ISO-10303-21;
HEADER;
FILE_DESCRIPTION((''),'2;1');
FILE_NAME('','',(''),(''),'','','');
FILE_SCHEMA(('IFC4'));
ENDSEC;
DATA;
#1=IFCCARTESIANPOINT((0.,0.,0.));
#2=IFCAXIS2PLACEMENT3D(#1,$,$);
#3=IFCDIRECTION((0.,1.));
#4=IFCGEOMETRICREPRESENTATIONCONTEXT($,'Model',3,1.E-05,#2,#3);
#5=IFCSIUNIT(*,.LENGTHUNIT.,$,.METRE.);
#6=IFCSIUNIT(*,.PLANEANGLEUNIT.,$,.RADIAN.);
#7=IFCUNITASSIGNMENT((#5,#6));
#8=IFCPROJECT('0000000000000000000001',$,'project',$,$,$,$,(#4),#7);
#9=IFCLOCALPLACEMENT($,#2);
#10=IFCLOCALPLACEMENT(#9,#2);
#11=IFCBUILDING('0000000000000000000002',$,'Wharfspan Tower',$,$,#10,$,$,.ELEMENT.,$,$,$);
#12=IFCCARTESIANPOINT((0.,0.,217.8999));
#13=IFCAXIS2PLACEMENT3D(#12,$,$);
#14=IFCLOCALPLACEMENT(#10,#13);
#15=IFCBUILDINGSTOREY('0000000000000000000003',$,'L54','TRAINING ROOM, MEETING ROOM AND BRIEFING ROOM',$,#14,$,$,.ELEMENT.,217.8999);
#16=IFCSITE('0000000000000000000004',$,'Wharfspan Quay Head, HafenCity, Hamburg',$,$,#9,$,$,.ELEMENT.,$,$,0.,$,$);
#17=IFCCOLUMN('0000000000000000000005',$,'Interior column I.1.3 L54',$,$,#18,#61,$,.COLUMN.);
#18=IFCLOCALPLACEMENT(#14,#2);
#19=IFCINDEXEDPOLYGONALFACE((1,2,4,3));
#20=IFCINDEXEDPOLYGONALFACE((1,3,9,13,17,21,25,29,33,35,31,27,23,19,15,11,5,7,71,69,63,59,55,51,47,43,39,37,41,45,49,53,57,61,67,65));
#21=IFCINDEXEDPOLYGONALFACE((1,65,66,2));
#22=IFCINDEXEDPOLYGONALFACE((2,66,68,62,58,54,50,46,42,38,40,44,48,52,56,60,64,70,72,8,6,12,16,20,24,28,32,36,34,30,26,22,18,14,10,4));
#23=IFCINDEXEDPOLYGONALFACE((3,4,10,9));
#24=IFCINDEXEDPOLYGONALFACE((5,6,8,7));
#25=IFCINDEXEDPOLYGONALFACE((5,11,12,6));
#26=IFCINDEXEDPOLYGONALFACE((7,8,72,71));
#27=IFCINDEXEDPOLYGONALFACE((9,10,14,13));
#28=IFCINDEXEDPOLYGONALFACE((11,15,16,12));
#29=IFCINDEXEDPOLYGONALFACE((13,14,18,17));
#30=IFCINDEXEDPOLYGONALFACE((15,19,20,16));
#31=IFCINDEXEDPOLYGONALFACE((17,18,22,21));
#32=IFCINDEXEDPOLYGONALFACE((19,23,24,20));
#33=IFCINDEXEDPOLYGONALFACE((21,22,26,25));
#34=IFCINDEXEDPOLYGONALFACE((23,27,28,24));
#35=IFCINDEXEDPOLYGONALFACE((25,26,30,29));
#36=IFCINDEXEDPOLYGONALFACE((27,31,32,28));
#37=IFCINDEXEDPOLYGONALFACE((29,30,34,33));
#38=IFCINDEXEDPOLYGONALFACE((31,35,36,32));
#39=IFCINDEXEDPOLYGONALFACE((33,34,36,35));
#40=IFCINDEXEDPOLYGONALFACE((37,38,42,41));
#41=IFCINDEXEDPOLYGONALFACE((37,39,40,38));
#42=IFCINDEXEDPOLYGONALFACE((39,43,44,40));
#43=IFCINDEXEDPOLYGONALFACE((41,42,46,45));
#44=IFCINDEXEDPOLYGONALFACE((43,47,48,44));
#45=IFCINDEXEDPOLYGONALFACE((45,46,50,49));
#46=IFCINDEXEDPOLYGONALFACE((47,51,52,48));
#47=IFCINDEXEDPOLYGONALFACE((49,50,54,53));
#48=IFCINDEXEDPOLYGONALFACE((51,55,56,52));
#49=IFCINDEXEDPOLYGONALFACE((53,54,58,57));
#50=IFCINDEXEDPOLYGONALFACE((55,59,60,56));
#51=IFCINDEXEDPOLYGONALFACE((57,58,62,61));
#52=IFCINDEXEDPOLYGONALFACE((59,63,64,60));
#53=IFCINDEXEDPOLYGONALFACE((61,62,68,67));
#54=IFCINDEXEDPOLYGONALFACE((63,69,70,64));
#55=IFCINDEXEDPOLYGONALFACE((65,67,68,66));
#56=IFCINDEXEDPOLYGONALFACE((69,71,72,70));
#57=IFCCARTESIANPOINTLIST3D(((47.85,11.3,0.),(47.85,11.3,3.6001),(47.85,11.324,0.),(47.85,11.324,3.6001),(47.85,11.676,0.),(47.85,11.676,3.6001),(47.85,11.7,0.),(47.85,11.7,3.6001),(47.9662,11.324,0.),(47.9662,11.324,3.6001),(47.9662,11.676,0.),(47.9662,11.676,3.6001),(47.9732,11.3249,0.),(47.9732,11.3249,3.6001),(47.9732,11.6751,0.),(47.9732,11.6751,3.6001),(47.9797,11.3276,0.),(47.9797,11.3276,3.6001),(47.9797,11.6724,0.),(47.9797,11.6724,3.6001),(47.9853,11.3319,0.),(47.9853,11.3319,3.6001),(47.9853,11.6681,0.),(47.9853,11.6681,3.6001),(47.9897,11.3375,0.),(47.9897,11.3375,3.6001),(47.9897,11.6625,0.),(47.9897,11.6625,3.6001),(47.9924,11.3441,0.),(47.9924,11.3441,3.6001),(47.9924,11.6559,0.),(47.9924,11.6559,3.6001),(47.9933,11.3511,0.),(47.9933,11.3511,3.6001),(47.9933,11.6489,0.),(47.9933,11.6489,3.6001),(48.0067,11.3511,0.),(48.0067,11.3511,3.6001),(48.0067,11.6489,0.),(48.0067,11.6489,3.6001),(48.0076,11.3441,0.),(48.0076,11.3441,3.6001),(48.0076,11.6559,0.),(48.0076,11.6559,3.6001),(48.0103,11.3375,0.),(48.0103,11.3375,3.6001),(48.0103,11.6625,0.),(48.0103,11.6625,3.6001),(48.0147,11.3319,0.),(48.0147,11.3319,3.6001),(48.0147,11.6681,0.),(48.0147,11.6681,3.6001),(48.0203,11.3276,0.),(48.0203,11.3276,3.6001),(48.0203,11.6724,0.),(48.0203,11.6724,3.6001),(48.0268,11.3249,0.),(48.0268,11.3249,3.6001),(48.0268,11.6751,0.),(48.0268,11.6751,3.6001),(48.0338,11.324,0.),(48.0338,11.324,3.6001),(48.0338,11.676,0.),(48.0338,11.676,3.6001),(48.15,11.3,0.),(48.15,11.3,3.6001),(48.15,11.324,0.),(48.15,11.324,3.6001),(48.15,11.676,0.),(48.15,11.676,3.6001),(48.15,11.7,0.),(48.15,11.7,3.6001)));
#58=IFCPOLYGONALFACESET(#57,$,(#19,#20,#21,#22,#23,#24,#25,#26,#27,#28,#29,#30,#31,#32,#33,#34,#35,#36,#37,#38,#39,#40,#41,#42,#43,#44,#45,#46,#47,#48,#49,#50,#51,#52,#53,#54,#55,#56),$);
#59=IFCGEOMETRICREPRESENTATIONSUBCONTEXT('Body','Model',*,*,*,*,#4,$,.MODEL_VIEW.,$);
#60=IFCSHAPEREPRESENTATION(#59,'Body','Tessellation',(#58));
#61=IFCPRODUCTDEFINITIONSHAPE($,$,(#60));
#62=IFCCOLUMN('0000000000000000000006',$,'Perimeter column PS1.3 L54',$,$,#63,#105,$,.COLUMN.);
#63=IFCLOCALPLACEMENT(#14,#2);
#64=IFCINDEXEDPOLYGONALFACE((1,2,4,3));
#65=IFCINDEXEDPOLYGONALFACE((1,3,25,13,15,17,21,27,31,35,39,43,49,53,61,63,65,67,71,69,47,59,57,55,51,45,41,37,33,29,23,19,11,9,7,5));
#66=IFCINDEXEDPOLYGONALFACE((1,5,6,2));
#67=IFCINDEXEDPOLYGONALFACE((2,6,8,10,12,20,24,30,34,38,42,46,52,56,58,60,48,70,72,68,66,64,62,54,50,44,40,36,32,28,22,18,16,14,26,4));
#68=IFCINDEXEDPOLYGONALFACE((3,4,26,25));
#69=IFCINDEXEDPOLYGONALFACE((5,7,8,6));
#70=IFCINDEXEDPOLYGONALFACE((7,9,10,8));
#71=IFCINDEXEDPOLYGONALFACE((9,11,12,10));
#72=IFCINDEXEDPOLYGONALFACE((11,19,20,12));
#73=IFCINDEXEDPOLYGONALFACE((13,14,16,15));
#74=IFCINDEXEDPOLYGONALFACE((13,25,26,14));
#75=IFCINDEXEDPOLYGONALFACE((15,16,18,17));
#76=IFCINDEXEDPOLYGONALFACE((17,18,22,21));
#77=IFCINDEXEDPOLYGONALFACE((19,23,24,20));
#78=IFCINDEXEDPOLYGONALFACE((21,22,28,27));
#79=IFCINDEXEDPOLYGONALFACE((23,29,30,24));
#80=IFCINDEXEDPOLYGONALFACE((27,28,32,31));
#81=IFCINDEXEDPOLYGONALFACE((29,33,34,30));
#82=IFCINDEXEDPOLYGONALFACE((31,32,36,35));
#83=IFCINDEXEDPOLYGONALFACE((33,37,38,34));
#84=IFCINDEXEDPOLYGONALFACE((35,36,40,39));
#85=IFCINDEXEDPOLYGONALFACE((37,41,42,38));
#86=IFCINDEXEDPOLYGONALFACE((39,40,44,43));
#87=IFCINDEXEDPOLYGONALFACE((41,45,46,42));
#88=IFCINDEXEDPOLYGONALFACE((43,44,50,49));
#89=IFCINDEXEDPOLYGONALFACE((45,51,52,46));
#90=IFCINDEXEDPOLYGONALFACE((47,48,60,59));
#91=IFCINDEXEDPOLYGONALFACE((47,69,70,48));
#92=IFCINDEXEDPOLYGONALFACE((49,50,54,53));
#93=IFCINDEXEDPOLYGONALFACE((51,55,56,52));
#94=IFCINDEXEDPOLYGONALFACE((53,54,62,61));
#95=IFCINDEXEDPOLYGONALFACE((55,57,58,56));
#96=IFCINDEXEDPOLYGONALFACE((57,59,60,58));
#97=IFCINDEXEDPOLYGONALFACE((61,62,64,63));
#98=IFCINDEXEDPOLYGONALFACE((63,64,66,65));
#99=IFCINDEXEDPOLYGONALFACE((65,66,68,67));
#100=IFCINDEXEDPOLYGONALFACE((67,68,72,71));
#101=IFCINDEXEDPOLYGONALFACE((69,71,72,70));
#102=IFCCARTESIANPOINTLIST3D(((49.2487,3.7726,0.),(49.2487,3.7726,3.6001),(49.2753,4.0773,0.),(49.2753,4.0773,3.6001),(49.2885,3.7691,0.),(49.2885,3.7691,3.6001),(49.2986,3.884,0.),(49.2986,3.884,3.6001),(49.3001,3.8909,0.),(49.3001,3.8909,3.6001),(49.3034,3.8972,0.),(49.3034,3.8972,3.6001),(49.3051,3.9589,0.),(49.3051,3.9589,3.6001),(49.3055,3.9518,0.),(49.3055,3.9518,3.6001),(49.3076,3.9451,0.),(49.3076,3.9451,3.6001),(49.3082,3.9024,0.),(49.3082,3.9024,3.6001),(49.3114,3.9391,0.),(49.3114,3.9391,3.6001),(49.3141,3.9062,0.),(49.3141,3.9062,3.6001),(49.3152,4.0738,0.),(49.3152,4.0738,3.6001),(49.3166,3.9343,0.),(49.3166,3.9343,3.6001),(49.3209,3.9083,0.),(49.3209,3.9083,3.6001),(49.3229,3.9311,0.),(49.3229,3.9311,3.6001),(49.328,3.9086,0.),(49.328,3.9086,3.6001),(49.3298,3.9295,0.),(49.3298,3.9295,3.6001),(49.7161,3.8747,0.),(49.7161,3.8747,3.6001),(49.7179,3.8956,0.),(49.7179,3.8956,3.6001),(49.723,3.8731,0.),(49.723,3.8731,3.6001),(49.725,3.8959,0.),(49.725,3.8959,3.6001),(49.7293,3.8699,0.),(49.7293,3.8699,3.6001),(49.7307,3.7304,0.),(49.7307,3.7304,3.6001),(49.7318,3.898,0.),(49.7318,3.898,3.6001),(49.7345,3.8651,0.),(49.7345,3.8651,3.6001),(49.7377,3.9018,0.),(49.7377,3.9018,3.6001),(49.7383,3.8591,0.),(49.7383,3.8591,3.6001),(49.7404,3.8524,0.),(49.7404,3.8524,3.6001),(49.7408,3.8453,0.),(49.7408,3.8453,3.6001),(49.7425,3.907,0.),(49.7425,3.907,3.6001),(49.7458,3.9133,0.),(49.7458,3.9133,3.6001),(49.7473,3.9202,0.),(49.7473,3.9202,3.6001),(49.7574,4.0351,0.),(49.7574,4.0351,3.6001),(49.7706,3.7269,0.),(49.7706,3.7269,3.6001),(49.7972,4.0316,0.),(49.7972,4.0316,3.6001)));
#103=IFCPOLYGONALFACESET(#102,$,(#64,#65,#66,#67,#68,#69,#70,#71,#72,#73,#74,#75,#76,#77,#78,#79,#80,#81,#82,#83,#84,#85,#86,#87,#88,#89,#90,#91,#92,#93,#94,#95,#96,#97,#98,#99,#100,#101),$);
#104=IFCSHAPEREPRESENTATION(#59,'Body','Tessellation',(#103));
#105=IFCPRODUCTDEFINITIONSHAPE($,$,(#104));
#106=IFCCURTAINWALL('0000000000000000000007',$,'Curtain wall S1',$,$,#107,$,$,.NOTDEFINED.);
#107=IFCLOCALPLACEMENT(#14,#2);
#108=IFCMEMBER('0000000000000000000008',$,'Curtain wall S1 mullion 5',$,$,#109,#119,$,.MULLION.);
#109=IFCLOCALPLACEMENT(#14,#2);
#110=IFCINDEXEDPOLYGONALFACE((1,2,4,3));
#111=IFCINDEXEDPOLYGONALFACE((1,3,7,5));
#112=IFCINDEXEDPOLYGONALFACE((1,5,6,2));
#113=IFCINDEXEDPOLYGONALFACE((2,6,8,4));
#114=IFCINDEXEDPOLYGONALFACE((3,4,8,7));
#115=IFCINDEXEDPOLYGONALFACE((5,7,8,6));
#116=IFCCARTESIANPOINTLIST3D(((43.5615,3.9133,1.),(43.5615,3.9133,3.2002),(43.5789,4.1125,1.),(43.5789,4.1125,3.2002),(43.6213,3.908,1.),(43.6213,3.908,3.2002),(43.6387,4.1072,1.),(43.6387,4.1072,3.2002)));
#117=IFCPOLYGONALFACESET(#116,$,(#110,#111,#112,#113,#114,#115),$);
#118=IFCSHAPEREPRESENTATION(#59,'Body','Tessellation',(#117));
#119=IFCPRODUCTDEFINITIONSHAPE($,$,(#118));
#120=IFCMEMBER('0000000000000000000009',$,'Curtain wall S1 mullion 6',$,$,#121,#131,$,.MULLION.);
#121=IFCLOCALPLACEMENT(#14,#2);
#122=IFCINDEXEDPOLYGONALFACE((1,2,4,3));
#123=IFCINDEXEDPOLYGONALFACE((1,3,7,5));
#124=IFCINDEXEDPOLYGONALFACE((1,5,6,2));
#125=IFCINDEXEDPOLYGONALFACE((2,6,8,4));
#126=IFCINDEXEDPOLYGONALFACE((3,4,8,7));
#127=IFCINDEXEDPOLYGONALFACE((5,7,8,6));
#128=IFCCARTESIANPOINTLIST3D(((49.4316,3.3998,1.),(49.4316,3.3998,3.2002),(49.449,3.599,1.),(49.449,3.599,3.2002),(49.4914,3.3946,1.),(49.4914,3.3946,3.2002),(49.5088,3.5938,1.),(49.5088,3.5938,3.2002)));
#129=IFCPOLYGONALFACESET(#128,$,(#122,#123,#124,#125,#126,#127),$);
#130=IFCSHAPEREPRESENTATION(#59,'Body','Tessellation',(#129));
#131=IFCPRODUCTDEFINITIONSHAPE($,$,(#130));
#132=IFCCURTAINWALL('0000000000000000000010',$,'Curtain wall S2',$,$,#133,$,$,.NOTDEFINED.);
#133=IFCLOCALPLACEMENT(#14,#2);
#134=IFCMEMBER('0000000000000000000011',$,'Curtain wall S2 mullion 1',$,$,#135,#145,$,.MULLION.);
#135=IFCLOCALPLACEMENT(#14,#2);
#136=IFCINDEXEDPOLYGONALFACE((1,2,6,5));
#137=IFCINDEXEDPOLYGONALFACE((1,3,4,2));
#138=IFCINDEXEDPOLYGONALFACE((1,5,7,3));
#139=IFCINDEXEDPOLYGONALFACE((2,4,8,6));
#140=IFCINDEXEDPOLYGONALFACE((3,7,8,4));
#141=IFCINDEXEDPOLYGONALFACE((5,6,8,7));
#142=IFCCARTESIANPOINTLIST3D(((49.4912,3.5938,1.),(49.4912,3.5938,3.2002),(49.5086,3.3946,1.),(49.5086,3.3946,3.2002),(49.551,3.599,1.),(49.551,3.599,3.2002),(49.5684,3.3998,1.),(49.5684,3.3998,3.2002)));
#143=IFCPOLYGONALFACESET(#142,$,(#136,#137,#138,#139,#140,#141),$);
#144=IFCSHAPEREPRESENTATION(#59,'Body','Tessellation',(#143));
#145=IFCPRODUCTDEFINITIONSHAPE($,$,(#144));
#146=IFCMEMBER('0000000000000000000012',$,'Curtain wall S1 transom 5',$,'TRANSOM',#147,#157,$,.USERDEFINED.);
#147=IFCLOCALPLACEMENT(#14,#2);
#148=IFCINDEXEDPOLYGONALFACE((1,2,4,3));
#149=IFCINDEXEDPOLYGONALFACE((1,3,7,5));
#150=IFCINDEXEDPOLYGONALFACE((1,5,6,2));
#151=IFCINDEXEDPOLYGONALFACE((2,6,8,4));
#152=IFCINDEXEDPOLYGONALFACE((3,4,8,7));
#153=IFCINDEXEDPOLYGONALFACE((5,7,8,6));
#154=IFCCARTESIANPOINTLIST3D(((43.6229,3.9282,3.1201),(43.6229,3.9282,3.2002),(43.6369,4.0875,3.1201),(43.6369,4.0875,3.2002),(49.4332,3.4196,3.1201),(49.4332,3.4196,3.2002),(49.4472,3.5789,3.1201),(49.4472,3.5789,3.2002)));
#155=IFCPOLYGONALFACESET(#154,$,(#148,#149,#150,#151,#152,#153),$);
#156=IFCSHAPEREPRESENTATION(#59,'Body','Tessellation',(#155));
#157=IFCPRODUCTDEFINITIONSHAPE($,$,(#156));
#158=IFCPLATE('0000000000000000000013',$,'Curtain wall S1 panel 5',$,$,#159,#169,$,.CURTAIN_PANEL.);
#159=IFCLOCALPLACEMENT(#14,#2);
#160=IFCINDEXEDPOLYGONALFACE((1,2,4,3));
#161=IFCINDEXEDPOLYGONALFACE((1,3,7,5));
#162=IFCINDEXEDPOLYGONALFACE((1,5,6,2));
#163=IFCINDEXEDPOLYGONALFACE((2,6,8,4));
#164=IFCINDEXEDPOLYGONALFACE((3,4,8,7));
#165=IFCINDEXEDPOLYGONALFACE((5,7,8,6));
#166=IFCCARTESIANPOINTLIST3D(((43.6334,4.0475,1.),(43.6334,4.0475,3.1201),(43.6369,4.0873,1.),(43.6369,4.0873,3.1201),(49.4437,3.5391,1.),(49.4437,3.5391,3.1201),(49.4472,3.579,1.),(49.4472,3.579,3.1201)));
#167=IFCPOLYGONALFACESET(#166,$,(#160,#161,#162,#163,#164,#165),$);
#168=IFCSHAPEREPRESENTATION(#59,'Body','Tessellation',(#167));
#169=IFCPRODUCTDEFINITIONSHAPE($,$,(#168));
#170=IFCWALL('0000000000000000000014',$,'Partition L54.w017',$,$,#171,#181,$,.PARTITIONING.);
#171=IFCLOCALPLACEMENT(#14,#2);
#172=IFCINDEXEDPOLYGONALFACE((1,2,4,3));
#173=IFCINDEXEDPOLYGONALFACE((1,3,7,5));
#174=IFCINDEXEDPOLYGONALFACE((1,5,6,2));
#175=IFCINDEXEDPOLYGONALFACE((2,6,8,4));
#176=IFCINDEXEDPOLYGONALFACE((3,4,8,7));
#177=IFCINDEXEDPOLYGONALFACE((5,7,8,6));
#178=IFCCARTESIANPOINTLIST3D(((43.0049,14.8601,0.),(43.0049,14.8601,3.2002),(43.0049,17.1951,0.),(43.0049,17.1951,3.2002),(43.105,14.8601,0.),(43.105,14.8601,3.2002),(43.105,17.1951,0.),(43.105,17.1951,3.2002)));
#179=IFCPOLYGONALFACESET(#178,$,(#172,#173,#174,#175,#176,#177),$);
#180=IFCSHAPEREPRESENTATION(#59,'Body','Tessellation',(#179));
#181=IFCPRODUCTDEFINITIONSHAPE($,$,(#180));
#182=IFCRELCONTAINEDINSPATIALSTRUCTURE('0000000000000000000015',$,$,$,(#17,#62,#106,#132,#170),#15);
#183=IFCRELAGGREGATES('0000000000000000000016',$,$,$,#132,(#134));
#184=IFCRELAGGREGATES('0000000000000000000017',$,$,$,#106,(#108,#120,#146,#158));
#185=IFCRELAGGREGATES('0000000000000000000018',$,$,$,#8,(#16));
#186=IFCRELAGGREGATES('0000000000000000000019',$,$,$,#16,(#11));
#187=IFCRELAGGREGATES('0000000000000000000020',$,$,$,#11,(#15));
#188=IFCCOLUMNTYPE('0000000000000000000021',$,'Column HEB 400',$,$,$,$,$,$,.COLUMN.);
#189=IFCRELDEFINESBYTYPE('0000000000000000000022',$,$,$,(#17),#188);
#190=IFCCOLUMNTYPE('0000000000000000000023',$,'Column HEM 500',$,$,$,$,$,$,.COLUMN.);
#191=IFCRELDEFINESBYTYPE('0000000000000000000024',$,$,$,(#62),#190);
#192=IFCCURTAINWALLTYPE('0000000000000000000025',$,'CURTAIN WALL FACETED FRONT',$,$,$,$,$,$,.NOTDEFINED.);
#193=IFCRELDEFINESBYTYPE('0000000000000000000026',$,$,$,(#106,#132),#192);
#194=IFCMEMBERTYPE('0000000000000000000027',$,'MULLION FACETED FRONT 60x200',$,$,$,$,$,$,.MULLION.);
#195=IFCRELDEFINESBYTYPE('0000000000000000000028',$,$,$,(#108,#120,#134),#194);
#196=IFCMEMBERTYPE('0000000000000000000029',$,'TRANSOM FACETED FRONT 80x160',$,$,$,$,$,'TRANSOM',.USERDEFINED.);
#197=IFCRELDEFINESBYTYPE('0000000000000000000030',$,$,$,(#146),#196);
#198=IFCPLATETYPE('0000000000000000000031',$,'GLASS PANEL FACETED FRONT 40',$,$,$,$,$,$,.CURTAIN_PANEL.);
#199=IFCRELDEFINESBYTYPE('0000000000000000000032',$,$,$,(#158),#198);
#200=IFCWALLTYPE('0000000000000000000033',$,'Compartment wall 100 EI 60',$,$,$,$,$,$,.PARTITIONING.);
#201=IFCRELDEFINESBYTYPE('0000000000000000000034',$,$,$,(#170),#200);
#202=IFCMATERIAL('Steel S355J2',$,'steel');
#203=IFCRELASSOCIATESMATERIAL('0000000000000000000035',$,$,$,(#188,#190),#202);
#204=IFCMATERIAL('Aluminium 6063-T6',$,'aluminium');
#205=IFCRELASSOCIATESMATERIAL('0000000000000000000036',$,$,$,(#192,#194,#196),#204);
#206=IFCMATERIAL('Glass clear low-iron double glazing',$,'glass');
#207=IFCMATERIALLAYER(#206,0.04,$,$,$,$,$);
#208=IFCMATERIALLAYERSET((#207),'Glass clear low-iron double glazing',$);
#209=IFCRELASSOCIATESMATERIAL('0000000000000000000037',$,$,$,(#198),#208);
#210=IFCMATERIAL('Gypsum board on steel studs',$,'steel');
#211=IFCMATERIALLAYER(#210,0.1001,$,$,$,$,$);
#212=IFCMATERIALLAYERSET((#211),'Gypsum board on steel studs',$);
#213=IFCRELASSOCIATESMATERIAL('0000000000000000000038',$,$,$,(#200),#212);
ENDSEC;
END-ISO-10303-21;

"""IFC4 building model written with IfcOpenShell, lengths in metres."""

from ifc_helpers import new_model, si_unit, direction, frame, frame_2d, origin, origin_2d, place, context, subcontext, project, spatial, rectangle, i_section, extrude, material, layer, layer_set, material_profile, profile_set, type_object, element, aggregate, save


model = new_model("IFC4")

# Units and contexts
model_context = context("Model", 3, precision=1e-05, world=origin(), true_north=direction((0.0, 1.0)))
body_context = subcontext(model_context, "Body", "Model", "MODEL_VIEW")
ifc_project = project(units=[si_unit("LENGTHUNIT", "METRE"), si_unit("PLANEANGLEUNIT", "RADIAN")], contexts=[model_context])

# Site, building, storey
site_placement = place(None, origin())
site = spatial("IfcSite", under=ifc_project, at=site_placement, Name="Wharfspan Quay Head, HafenCity, Hamburg", CompositionType="ELEMENT", RefElevation=0.0)
building_placement = place(site_placement, origin())
building = spatial("IfcBuilding", under=site, at=building_placement, Name="Wharfspan Tower", CompositionType="ELEMENT")
storey_placement = place(building_placement, frame((0.0, 0.0, 217.8999)))
storey = spatial("IfcBuildingStorey", under=building, at=storey_placement, Name="L54", Description="TRAINING ROOM, MEETING ROOM AND BRIEFING ROOM", CompositionType="ELEMENT", Elevation=217.8999)

# Columns
ifc_material_1 = material(Name="Steel S355J2", Category="steel")
ifc_material_profile_1 = material_profile(ifc_material_1, i_section(OverallWidth=0.3, OverallDepth=0.3999, WebThickness=0.0134, FlangeThickness=0.0239, FilletRadius=0.0271, at=origin_2d()))
ifc_profile_set_1 = profile_set([ifc_material_profile_1], Name="Steel S355J2")
column_type_1 = type_object("IfcColumnType", Name="Column HEB 400", PredefinedType="COLUMN", material=ifc_profile_set_1)
column_1_placement = place(storey_placement, frame((48.0, 11.5, 0.0), z_axis=(0.0, 0.0, 1.0), x_axis=(1.0, 0.0, 0.0)))
element("IfcColumn", 1, at=column_1_placement, inside=storey, type_object=column_type_1, Name="Interior column I.1.3 L54", PredefinedType="COLUMN", context=body_context, shape_type="SweptSolid", body=[
    extrude(i_section(OverallWidth=0.3, OverallDepth=0.3999, WebThickness=0.0134, FlangeThickness=0.0239, FilletRadius=0.0271, at=origin_2d()), origin(), (0.0, 0.0, 1.0), 3.6001),
])
ifc_material_profile_2 = material_profile(ifc_material_1, i_section(OverallWidth=0.3059, OverallDepth=0.5239, WebThickness=0.021, FlangeThickness=0.04, FilletRadius=0.0271, at=origin_2d()))
ifc_profile_set_2 = profile_set([ifc_material_profile_2], Name="Steel S355J2")
column_type_2 = type_object("IfcColumnType", Name="Column HEM 500", PredefinedType="COLUMN", material=ifc_profile_set_2)
column_2_placement = place(storey_placement, frame((49.5229, 3.9021, 0.0), z_axis=(0.0, 0.0, 1.0), x_axis=(-0.087156, -0.996197, 0.0)))
element("IfcColumn", 2, at=column_2_placement, inside=storey, type_object=column_type_2, Name="Perimeter column PS1.3 L54", PredefinedType="COLUMN", context=body_context, shape_type="SweptSolid", body=[
    extrude(i_section(OverallWidth=0.3059, OverallDepth=0.5239, WebThickness=0.021, FlangeThickness=0.04, FilletRadius=0.0271, at=origin_2d()), origin(), (0.0, 0.0, 1.0), 3.6001),
])

# Curtain wall, members
ifc_material_2 = material(Name="Aluminium 6063-T6", Category="aluminium")
curtain_wall_type = type_object("IfcCurtainWallType", Name="CURTAIN WALL FACETED FRONT", PredefinedType="NOTDEFINED", material=ifc_material_2)
curtain_wall_1_placement = place(storey_placement, origin())
curtain_wall_1 = element("IfcCurtainWall", 3, at=curtain_wall_1_placement, inside=storey, type_object=curtain_wall_type, Name="Curtain wall S1", PredefinedType="NOTDEFINED")
ifc_material_profile_3 = material_profile(ifc_material_2, rectangle(XDim=0.2, YDim=0.0601, at=origin_2d()))
ifc_profile_set_3 = profile_set([ifc_material_profile_3], Name="Aluminium 6063-T6")
member_type_1 = type_object("IfcMemberType", Name="MULLION FACETED FRONT 60x200", PredefinedType="MULLION", material=ifc_profile_set_3)
member_1_placement = place(storey_placement, frame((43.6001, 4.0103, 1.0), z_axis=(0.0, 0.0, 1.0), x_axis=(0.087156, 0.996197, 0.0)))
member_1 = element("IfcMember", 4, at=member_1_placement, type_object=member_type_1, Name="Curtain wall S1 mullion 5", PredefinedType="MULLION", context=body_context, shape_type="SweptSolid", body=[
    extrude(rectangle(XDim=0.2, YDim=0.0601, at=origin_2d()), origin(), (0.0, 0.0, 1.0), 2.2002),
])
member_2_placement = place(storey_placement, frame((49.4702, 3.4968, 1.0), z_axis=(0.0, 0.0, 1.0), x_axis=(0.087156, 0.996197, 0.0)))
member_2 = element("IfcMember", 5, at=member_2_placement, type_object=member_type_1, Name="Curtain wall S1 mullion 6", PredefinedType="MULLION", context=body_context, shape_type="SweptSolid", body=[
    extrude(rectangle(XDim=0.2, YDim=0.0601, at=origin_2d()), origin(), (0.0, 0.0, 1.0), 2.2002),
])

# Curtain wall, member
curtain_wall_2_placement = place(storey_placement, origin())
curtain_wall_2 = element("IfcCurtainWall", 6, at=curtain_wall_2_placement, inside=storey, type_object=curtain_wall_type, Name="Curtain wall S2", PredefinedType="NOTDEFINED")
member_3_placement = place(storey_placement, frame((49.5298, 3.4968, 1.0), z_axis=(0.0, 0.0, 1.0), x_axis=(-0.087156, 0.996197, 0.0)))
member_3 = element("IfcMember", 7, at=member_3_placement, type_object=member_type_1, Name="Curtain wall S2 mullion 1", PredefinedType="MULLION", context=body_context, shape_type="SweptSolid", body=[
    extrude(rectangle(XDim=0.2, YDim=0.0601, at=origin_2d()), origin(), (0.0, 0.0, 1.0), 2.2002),
])
aggregate(curtain_wall_2, [member_3])

# Member
ifc_material_profile_4 = material_profile(ifc_material_2, rectangle(XDim=0.1599, YDim=0.0801, at=origin_2d()))
ifc_profile_set_4 = profile_set([ifc_material_profile_4], Name="Aluminium 6063-T6")
member_type_2 = type_object("IfcMemberType", Name="TRANSOM FACETED FRONT 80x160", ElementType="TRANSOM", PredefinedType="USERDEFINED", material=ifc_profile_set_4)
member_4_placement = place(storey_placement, frame((43.6299, 4.0078, 3.1602), z_axis=(0.996192, -0.087191, 0.0), x_axis=(0.087191, 0.996192, 0.0)))
member_4 = element("IfcMember", 8, at=member_4_placement, type_object=member_type_2, Name="Curtain wall S1 transom 5", ObjectType="TRANSOM", PredefinedType="USERDEFINED", context=body_context, shape_type="SweptSolid", body=[
    extrude(rectangle(XDim=0.1599, YDim=0.0801, at=origin_2d()), origin(), (0.0, 0.0, 1.0), 5.8325),
])

# Plate
ifc_material_3 = material(Name="Glass clear low-iron double glazing", Category="glass")
ifc_layer_1 = layer(ifc_material_3, 0.04)
ifc_layer_set_1 = layer_set([ifc_layer_1], Name="Glass clear low-iron double glazing")
plate_type = type_object("IfcPlateType", Name="GLASS PANEL FACETED FRONT 40", PredefinedType="CURTAIN_PANEL", material=ifc_layer_set_1)
plate_placement = place(storey_placement, frame((46.5403, 3.8132, 1.0), z_axis=(0.0, 0.0, 1.0), x_axis=(0.996197, -0.087156, 0.0)))
plate = element("IfcPlate", 9, at=plate_placement, type_object=plate_type, Name="Curtain wall S1 panel 5", PredefinedType="CURTAIN_PANEL", context=body_context, shape_type="SweptSolid", body=[
    extrude(rectangle(XDim=5.8325, YDim=0.04, at=origin_2d()), origin(), (0.0, 0.0, 1.0), 2.1201),
])
aggregate(curtain_wall_1, [member_1, member_2, member_4, plate])

# Wall
ifc_material_4 = material(Name="Gypsum board on steel studs", Category="steel")
ifc_layer_2 = layer(ifc_material_4, 0.1001)
ifc_layer_set_2 = layer_set([ifc_layer_2], Name="Gypsum board on steel studs")
wall_type_1 = type_object("IfcWallType", Name="Compartment wall 100 EI 60", PredefinedType="PARTITIONING", material=ifc_layer_set_2)
wall_1_placement = place(storey_placement, frame((43.0549, 14.8601, 0.0), z_axis=(0.0, 0.0, 1.0), x_axis=(0.0, 1.0, 0.0)))
element("IfcWall", 10, at=wall_1_placement, inside=storey, type_object=wall_type_1, Name="Partition L54.w017", PredefinedType="PARTITIONING", context=body_context, shape_type="SweptSolid", body=[
    extrude(rectangle(XDim=2.335, YDim=0.1001, at=frame_2d((1.1675, 0.0))), origin(), (0.0, 0.0, 1.0), 3.2002),
])

save(model, "model.ifc")
